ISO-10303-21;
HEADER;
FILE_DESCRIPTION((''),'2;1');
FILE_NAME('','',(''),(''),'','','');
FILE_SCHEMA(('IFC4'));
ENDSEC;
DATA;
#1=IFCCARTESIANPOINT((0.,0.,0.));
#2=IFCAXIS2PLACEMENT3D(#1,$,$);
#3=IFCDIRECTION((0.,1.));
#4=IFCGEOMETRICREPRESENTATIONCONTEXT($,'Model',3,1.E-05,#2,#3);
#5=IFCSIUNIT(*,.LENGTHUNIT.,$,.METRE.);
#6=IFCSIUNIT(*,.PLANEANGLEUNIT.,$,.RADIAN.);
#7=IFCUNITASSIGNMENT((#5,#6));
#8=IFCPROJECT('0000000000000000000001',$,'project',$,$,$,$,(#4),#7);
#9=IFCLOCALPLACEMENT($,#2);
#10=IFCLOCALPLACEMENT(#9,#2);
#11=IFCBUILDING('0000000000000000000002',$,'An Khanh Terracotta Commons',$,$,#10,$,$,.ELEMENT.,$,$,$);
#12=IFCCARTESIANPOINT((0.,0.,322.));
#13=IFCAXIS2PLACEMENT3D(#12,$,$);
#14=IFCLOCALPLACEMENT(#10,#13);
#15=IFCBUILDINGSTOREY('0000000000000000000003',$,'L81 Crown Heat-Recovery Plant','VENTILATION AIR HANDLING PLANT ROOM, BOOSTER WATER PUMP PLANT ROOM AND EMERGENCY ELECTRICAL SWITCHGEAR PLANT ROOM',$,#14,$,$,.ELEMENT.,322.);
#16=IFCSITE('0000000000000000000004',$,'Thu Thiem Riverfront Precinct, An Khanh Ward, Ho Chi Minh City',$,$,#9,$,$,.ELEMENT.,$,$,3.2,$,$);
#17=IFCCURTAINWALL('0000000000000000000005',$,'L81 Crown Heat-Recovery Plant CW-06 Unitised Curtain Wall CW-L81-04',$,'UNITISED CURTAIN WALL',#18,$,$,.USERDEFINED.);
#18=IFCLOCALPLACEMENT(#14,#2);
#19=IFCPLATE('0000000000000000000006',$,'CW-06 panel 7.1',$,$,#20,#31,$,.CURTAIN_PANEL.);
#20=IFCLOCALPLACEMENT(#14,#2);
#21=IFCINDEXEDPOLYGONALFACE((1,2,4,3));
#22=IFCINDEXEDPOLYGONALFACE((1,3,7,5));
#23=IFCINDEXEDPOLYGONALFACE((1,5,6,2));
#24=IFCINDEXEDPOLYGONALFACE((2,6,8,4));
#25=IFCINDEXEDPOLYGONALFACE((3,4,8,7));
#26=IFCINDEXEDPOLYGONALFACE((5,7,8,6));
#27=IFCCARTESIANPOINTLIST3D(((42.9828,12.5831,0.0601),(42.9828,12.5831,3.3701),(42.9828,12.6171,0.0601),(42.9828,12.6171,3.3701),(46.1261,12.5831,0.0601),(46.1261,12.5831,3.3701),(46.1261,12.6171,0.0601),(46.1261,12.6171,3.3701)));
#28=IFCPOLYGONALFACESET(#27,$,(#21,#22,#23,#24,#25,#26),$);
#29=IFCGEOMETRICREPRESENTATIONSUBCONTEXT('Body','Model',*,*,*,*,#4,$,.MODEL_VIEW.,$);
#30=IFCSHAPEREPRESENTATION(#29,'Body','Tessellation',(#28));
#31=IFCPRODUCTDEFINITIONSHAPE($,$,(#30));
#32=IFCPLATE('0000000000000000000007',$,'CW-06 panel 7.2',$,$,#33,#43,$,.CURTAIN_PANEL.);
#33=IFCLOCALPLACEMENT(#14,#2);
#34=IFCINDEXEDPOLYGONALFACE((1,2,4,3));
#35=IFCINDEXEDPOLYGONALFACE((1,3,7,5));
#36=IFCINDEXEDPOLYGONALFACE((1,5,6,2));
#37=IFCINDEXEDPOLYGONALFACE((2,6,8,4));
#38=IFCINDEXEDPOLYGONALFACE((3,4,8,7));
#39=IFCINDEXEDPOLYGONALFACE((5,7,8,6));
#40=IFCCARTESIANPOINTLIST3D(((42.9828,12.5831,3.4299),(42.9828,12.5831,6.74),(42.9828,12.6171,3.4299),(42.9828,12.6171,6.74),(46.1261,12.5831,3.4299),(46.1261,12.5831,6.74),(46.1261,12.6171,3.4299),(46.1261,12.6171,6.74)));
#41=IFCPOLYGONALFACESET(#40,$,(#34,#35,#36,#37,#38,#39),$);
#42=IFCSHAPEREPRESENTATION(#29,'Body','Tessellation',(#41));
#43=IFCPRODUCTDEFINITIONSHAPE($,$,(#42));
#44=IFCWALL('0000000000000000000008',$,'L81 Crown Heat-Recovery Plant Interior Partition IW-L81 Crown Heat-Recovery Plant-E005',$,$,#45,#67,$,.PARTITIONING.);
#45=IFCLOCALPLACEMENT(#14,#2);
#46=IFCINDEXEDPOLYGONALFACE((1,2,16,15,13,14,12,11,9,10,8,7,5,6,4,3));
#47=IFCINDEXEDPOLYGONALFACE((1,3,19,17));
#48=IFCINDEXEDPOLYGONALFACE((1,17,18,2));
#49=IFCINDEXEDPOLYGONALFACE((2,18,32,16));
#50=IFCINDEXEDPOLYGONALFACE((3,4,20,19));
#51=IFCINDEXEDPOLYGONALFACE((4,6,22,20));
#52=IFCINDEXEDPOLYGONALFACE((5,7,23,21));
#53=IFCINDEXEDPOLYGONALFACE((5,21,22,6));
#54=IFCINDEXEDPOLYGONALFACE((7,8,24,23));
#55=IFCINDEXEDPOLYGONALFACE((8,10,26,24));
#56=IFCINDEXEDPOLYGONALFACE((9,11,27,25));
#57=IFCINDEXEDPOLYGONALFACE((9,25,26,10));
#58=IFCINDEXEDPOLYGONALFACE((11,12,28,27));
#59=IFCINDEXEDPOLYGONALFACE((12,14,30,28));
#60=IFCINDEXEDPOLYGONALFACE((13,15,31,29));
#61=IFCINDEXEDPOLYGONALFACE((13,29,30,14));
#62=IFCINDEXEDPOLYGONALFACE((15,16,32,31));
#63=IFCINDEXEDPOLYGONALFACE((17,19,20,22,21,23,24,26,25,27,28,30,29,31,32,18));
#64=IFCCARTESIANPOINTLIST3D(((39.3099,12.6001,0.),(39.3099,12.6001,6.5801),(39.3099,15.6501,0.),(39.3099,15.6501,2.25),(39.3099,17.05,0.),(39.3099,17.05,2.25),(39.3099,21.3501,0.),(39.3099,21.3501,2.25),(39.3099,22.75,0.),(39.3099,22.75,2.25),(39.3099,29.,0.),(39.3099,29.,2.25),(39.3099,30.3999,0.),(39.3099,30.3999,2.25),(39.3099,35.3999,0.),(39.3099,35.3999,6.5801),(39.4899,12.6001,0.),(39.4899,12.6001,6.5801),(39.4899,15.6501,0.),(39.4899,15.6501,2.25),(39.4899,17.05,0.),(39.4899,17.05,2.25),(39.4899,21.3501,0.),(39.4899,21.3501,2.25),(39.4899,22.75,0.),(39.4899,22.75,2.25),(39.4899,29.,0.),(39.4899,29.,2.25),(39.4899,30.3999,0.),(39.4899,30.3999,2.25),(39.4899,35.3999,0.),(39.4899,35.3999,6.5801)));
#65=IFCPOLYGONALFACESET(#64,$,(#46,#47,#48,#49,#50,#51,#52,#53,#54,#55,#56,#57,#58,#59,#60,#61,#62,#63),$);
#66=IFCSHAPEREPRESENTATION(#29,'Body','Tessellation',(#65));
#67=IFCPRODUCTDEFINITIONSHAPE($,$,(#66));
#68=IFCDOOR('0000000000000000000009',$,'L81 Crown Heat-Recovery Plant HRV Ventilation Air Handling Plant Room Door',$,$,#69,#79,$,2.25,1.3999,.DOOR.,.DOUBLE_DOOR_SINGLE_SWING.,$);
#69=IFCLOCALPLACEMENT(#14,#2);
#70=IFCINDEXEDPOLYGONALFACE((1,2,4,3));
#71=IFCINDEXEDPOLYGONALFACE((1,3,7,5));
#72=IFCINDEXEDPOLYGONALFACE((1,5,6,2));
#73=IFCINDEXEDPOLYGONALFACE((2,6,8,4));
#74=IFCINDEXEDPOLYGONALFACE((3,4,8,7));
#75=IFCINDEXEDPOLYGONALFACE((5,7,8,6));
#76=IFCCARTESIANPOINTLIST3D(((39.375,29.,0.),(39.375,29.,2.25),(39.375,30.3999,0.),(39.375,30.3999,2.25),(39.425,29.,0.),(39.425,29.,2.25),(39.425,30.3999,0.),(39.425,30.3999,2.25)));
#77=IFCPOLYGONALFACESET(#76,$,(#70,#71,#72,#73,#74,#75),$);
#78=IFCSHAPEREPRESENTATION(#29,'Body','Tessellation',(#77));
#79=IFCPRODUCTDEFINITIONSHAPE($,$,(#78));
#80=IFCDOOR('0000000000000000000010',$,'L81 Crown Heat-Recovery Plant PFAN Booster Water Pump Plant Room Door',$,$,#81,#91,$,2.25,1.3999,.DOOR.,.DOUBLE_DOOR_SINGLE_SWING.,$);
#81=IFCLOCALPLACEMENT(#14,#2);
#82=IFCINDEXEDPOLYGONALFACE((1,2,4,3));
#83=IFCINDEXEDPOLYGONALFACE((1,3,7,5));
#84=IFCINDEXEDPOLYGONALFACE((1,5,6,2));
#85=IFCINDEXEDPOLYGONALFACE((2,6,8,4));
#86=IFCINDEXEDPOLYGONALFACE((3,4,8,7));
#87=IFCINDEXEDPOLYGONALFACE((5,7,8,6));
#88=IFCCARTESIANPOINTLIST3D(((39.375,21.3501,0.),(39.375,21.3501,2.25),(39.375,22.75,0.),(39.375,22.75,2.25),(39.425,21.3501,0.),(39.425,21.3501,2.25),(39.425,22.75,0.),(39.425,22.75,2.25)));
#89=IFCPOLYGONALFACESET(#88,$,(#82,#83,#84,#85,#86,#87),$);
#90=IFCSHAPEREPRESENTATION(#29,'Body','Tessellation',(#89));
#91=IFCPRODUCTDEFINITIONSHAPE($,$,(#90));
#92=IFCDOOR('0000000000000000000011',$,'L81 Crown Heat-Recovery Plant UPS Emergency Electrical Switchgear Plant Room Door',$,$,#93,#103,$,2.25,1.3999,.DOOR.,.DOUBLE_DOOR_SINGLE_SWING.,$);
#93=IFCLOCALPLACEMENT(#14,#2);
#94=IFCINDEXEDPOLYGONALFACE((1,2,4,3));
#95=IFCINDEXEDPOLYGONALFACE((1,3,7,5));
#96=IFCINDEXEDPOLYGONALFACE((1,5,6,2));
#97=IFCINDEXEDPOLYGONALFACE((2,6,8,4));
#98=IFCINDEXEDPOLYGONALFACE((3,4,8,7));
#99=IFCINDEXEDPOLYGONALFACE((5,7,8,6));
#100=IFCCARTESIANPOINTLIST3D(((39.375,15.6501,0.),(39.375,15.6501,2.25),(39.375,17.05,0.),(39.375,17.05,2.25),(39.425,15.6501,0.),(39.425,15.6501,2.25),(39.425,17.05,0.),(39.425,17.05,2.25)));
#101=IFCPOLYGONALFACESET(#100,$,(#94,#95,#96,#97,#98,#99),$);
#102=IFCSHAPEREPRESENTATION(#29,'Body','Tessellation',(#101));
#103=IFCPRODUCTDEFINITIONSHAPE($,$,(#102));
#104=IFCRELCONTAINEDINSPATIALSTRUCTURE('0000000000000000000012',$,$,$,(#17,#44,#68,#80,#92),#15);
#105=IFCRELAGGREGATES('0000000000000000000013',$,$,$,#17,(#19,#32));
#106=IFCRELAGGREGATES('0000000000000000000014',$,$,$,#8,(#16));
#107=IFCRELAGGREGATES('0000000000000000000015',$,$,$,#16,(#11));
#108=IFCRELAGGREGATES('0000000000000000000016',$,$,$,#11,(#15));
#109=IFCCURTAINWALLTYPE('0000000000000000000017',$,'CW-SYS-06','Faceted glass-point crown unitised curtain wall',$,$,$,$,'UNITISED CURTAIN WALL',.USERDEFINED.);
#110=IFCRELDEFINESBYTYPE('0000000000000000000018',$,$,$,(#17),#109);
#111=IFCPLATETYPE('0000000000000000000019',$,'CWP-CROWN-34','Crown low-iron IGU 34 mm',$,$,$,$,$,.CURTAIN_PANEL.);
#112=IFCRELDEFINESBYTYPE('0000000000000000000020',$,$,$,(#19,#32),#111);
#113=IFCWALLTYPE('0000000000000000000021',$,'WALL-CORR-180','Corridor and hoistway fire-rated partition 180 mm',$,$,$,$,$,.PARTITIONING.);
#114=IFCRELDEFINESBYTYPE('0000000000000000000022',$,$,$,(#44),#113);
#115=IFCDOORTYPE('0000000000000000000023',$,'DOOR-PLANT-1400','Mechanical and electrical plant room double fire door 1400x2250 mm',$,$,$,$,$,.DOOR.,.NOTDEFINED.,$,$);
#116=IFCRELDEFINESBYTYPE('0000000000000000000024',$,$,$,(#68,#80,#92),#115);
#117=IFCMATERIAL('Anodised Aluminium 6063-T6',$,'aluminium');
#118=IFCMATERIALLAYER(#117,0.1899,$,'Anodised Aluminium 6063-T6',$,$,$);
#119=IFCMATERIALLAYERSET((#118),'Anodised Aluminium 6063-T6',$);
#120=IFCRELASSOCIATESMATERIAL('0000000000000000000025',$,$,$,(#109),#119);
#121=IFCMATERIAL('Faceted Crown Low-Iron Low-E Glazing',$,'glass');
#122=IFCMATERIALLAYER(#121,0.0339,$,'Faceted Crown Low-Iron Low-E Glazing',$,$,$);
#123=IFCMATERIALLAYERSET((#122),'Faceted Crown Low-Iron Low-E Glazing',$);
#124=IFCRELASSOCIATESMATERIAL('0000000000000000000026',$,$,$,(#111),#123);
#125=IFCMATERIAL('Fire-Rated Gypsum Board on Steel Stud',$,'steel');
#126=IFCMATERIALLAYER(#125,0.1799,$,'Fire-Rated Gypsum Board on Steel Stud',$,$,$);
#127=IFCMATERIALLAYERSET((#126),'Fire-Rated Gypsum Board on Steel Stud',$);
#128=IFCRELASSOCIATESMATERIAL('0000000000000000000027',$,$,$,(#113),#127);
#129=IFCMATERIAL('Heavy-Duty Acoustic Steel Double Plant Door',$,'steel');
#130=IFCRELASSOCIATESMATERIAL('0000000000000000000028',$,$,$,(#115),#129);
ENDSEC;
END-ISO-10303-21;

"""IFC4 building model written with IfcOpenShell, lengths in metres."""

from ifc_helpers import new_model, si_unit, direction, frame, frame_2d, origin, origin_2d, place, context, subcontext, project, spatial, rectangle, extrude, material, layer, layer_set, type_object, element, fill, aggregate, save


model = new_model("IFC4")

# Units and contexts
model_context = context("Model", 3, precision=1e-05, world=origin(), true_north=direction((0.0, 1.0)))
body_context = subcontext(model_context, "Body", "Model", "MODEL_VIEW")
ifc_project = project(units=[si_unit("LENGTHUNIT", "METRE"), si_unit("PLANEANGLEUNIT", "RADIAN")], contexts=[model_context])

# Site, building, storey
site_placement = place(None, origin())
site = spatial("IfcSite", under=ifc_project, at=site_placement, Name="Thu Thiem Riverfront Precinct, An Khanh Ward, Ho Chi Minh City", CompositionType="ELEMENT", RefElevation=3.2)
building_placement = place(site_placement, origin())
building = spatial("IfcBuilding", under=site, at=building_placement, Name="An Khanh Terracotta Commons", CompositionType="ELEMENT")
storey_placement = place(building_placement, frame((0.0, 0.0, 322.0)))
storey = spatial("IfcBuildingStorey", under=building, at=storey_placement, Name="L81 Crown Heat-Recovery Plant", Description="VENTILATION AIR HANDLING PLANT ROOM, BOOSTER WATER PUMP PLANT ROOM AND EMERGENCY ELECTRICAL SWITCHGEAR PLANT ROOM", CompositionType="ELEMENT", Elevation=322.0)

# Curtain wall, plates
ifc_material_1 = material(Name="Anodised Aluminium 6063-T6", Category="aluminium")
ifc_layer_1 = layer(ifc_material_1, 0.1899, Name="Anodised Aluminium 6063-T6")
ifc_layer_set_1 = layer_set([ifc_layer_1], Name="Anodised Aluminium 6063-T6")
curtain_wall_type = type_object("IfcCurtainWallType", Name="CW-SYS-06", Description="Faceted glass-point crown unitised curtain wall", ElementType="UNITISED CURTAIN WALL", PredefinedType="USERDEFINED", material=ifc_layer_set_1)
curtain_wall_placement = place(storey_placement, origin())
curtain_wall = element("IfcCurtainWall", 1, at=curtain_wall_placement, inside=storey, type_object=curtain_wall_type, Name="L81 Crown Heat-Recovery Plant CW-06 Unitised Curtain Wall CW-L81-04", ObjectType="UNITISED CURTAIN WALL", PredefinedType="USERDEFINED")
ifc_material_2 = material(Name="Faceted Crown Low-Iron Low-E Glazing", Category="glass")
ifc_layer_2 = layer(ifc_material_2, 0.0339, Name="Faceted Crown Low-Iron Low-E Glazing")
ifc_layer_set_2 = layer_set([ifc_layer_2], Name="Faceted Crown Low-Iron Low-E Glazing")
plate_type = type_object("IfcPlateType", Name="CWP-CROWN-34", Description="Crown low-iron IGU 34 mm", PredefinedType="CURTAIN_PANEL", material=ifc_layer_set_2)
plate_1_placement = place(storey_placement, frame((44.5544, 12.6001, 0.0601), z_axis=(0.0, 0.0, 1.0), x_axis=(1.0, 0.0, 0.0)))
plate_1 = element("IfcPlate", 2, at=plate_1_placement, type_object=plate_type, Name="CW-06 panel 7.1", PredefinedType="CURTAIN_PANEL", context=body_context, shape_type="SweptSolid", body=[
    extrude(rectangle(XDim=3.1433, YDim=0.0339, at=origin_2d()), origin(), (0.0, 0.0, 1.0), 3.3101),
])
plate_2_placement = place(storey_placement, frame((44.5544, 12.6001, 3.4299), z_axis=(0.0, 0.0, 1.0), x_axis=(1.0, 0.0, 0.0)))
plate_2 = element("IfcPlate", 3, at=plate_2_placement, type_object=plate_type, Name="CW-06 panel 7.2", PredefinedType="CURTAIN_PANEL", context=body_context, shape_type="SweptSolid", body=[
    extrude(rectangle(XDim=3.1433, YDim=0.0339, at=origin_2d()), origin(), (0.0, 0.0, 1.0), 3.3101),
])
aggregate(curtain_wall, [plate_1, plate_2])

# Wall, openings, doors
ifc_material_3 = material(Name="Fire-Rated Gypsum Board on Steel Stud", Category="steel")
ifc_layer_3 = layer(ifc_material_3, 0.1799, Name="Fire-Rated Gypsum Board on Steel Stud")
ifc_layer_set_3 = layer_set([ifc_layer_3], Name="Fire-Rated Gypsum Board on Steel Stud")
wall_type = type_object("IfcWallType", Name="WALL-CORR-180", Description="Corridor and hoistway fire-rated partition 180 mm", PredefinedType="PARTITIONING", material=ifc_layer_set_3)
wall_placement = place(storey_placement, frame((39.3999, 12.6001, 0.0), z_axis=(0.0, 0.0, 1.0), x_axis=(0.0, 1.0, 0.0)))
wall = element("IfcWall", 4, at=wall_placement, inside=storey, type_object=wall_type, Name="L81 Crown Heat-Recovery Plant Interior Partition IW-L81 Crown Heat-Recovery Plant-E005", PredefinedType="PARTITIONING", context=body_context, shape_type="SweptSolid", body=[
    extrude(rectangle(XDim=22.7998, YDim=0.1799, at=frame_2d((11.3999, 0.0))), origin(), (0.0, 0.0, 1.0), 6.5801),
])
opening_1_placement = place(wall_placement, frame((16.3999, 0.0, 0.0)))
opening_1 = element("IfcOpeningElement", 5, at=opening_1_placement, cuts=wall, PredefinedType="OPENING", context=body_context, shape_type="SweptSolid", body=[
    extrude(rectangle(XDim=1.3999, YDim=2.25, at=frame_2d((0.7, 1.125))), frame((0.0, 0.0999, 0.0), z_axis=(0.0, -1.0, 0.0), x_axis=(1.0, 0.0, 0.0)), (0.0, 0.0, 1.0), 0.2),
])
opening_2_placement = place(wall_placement, frame((8.75, 0.0, 0.0)))
opening_2 = element("IfcOpeningElement", 6, at=opening_2_placement, cuts=wall, PredefinedType="OPENING", context=body_context, shape_type="SweptSolid", body=[
    extrude(rectangle(XDim=1.3999, YDim=2.25, at=frame_2d((0.7, 1.125))), frame((0.0, 0.0999, 0.0), z_axis=(0.0, -1.0, 0.0), x_axis=(1.0, 0.0, 0.0)), (0.0, 0.0, 1.0), 0.2),
])
opening_3_placement = place(wall_placement, frame((3.05, 0.0, 0.0)))
opening_3 = element("IfcOpeningElement", 7, at=opening_3_placement, cuts=wall, PredefinedType="OPENING", context=body_context, shape_type="SweptSolid", body=[
    extrude(rectangle(XDim=1.3999, YDim=2.25, at=frame_2d((0.7, 1.125))), frame((0.0, 0.0999, 0.0), z_axis=(0.0, -1.0, 0.0), x_axis=(1.0, 0.0, 0.0)), (0.0, 0.0, 1.0), 0.2),
])
ifc_material_4 = material(Name="Heavy-Duty Acoustic Steel Double Plant Door", Category="steel")
door_type = type_object("IfcDoorType", Name="DOOR-PLANT-1400", Description="Mechanical and electrical plant room double fire door 1400x2250 mm", OperationType="NOTDEFINED", PredefinedType="DOOR", material=ifc_material_4)
door_1_placement = place(opening_1_placement, origin())
door_1 = element("IfcDoor", 8, at=door_1_placement, inside=storey, type_object=door_type, Name="L81 Crown Heat-Recovery Plant HRV Ventilation Air Handling Plant Room Door", OperationType="DOUBLE_DOOR_SINGLE_SWING", OverallHeight=2.25, OverallWidth=1.3999, PredefinedType="DOOR", context=body_context, shape_type="SweptSolid", body=[
    extrude(rectangle(XDim=1.3999, YDim=2.25, at=frame_2d((0.7, 1.125))), frame((0.0, 0.0249, 0.0), z_axis=(0.0, -1.0, 0.0), x_axis=(1.0, 0.0, 0.0)), (0.0, 0.0, 1.0), 0.05),
])
fill(opening_1, door_1)
door_2_placement = place(opening_2_placement, origin())
door_2 = element("IfcDoor", 9, at=door_2_placement, inside=storey, type_object=door_type, Name="L81 Crown Heat-Recovery Plant PFAN Booster Water Pump Plant Room Door", OperationType="DOUBLE_DOOR_SINGLE_SWING", OverallHeight=2.25, OverallWidth=1.3999, PredefinedType="DOOR", context=body_context, shape_type="SweptSolid", body=[
    extrude(rectangle(XDim=1.3999, YDim=2.25, at=frame_2d((0.7, 1.125))), frame((0.0, 0.0249, 0.0), z_axis=(0.0, -1.0, 0.0), x_axis=(1.0, 0.0, 0.0)), (0.0, 0.0, 1.0), 0.05),
])
fill(opening_2, door_2)
door_3_placement = place(opening_3_placement, origin())
door_3 = element("IfcDoor", 10, at=door_3_placement, inside=storey, type_object=door_type, Name="L81 Crown Heat-Recovery Plant UPS Emergency Electrical Switchgear Plant Room Door", OperationType="DOUBLE_DOOR_SINGLE_SWING", OverallHeight=2.25, OverallWidth=1.3999, PredefinedType="DOOR", context=body_context, shape_type="SweptSolid", body=[
    extrude(rectangle(XDim=1.3999, YDim=2.25, at=frame_2d((0.7, 1.125))), frame((0.0, 0.0249, 0.0), z_axis=(0.0, -1.0, 0.0), x_axis=(1.0, 0.0, 0.0)), (0.0, 0.0, 1.0), 0.05),
])
fill(opening_3, door_3)

save(model, "model.ifc")
